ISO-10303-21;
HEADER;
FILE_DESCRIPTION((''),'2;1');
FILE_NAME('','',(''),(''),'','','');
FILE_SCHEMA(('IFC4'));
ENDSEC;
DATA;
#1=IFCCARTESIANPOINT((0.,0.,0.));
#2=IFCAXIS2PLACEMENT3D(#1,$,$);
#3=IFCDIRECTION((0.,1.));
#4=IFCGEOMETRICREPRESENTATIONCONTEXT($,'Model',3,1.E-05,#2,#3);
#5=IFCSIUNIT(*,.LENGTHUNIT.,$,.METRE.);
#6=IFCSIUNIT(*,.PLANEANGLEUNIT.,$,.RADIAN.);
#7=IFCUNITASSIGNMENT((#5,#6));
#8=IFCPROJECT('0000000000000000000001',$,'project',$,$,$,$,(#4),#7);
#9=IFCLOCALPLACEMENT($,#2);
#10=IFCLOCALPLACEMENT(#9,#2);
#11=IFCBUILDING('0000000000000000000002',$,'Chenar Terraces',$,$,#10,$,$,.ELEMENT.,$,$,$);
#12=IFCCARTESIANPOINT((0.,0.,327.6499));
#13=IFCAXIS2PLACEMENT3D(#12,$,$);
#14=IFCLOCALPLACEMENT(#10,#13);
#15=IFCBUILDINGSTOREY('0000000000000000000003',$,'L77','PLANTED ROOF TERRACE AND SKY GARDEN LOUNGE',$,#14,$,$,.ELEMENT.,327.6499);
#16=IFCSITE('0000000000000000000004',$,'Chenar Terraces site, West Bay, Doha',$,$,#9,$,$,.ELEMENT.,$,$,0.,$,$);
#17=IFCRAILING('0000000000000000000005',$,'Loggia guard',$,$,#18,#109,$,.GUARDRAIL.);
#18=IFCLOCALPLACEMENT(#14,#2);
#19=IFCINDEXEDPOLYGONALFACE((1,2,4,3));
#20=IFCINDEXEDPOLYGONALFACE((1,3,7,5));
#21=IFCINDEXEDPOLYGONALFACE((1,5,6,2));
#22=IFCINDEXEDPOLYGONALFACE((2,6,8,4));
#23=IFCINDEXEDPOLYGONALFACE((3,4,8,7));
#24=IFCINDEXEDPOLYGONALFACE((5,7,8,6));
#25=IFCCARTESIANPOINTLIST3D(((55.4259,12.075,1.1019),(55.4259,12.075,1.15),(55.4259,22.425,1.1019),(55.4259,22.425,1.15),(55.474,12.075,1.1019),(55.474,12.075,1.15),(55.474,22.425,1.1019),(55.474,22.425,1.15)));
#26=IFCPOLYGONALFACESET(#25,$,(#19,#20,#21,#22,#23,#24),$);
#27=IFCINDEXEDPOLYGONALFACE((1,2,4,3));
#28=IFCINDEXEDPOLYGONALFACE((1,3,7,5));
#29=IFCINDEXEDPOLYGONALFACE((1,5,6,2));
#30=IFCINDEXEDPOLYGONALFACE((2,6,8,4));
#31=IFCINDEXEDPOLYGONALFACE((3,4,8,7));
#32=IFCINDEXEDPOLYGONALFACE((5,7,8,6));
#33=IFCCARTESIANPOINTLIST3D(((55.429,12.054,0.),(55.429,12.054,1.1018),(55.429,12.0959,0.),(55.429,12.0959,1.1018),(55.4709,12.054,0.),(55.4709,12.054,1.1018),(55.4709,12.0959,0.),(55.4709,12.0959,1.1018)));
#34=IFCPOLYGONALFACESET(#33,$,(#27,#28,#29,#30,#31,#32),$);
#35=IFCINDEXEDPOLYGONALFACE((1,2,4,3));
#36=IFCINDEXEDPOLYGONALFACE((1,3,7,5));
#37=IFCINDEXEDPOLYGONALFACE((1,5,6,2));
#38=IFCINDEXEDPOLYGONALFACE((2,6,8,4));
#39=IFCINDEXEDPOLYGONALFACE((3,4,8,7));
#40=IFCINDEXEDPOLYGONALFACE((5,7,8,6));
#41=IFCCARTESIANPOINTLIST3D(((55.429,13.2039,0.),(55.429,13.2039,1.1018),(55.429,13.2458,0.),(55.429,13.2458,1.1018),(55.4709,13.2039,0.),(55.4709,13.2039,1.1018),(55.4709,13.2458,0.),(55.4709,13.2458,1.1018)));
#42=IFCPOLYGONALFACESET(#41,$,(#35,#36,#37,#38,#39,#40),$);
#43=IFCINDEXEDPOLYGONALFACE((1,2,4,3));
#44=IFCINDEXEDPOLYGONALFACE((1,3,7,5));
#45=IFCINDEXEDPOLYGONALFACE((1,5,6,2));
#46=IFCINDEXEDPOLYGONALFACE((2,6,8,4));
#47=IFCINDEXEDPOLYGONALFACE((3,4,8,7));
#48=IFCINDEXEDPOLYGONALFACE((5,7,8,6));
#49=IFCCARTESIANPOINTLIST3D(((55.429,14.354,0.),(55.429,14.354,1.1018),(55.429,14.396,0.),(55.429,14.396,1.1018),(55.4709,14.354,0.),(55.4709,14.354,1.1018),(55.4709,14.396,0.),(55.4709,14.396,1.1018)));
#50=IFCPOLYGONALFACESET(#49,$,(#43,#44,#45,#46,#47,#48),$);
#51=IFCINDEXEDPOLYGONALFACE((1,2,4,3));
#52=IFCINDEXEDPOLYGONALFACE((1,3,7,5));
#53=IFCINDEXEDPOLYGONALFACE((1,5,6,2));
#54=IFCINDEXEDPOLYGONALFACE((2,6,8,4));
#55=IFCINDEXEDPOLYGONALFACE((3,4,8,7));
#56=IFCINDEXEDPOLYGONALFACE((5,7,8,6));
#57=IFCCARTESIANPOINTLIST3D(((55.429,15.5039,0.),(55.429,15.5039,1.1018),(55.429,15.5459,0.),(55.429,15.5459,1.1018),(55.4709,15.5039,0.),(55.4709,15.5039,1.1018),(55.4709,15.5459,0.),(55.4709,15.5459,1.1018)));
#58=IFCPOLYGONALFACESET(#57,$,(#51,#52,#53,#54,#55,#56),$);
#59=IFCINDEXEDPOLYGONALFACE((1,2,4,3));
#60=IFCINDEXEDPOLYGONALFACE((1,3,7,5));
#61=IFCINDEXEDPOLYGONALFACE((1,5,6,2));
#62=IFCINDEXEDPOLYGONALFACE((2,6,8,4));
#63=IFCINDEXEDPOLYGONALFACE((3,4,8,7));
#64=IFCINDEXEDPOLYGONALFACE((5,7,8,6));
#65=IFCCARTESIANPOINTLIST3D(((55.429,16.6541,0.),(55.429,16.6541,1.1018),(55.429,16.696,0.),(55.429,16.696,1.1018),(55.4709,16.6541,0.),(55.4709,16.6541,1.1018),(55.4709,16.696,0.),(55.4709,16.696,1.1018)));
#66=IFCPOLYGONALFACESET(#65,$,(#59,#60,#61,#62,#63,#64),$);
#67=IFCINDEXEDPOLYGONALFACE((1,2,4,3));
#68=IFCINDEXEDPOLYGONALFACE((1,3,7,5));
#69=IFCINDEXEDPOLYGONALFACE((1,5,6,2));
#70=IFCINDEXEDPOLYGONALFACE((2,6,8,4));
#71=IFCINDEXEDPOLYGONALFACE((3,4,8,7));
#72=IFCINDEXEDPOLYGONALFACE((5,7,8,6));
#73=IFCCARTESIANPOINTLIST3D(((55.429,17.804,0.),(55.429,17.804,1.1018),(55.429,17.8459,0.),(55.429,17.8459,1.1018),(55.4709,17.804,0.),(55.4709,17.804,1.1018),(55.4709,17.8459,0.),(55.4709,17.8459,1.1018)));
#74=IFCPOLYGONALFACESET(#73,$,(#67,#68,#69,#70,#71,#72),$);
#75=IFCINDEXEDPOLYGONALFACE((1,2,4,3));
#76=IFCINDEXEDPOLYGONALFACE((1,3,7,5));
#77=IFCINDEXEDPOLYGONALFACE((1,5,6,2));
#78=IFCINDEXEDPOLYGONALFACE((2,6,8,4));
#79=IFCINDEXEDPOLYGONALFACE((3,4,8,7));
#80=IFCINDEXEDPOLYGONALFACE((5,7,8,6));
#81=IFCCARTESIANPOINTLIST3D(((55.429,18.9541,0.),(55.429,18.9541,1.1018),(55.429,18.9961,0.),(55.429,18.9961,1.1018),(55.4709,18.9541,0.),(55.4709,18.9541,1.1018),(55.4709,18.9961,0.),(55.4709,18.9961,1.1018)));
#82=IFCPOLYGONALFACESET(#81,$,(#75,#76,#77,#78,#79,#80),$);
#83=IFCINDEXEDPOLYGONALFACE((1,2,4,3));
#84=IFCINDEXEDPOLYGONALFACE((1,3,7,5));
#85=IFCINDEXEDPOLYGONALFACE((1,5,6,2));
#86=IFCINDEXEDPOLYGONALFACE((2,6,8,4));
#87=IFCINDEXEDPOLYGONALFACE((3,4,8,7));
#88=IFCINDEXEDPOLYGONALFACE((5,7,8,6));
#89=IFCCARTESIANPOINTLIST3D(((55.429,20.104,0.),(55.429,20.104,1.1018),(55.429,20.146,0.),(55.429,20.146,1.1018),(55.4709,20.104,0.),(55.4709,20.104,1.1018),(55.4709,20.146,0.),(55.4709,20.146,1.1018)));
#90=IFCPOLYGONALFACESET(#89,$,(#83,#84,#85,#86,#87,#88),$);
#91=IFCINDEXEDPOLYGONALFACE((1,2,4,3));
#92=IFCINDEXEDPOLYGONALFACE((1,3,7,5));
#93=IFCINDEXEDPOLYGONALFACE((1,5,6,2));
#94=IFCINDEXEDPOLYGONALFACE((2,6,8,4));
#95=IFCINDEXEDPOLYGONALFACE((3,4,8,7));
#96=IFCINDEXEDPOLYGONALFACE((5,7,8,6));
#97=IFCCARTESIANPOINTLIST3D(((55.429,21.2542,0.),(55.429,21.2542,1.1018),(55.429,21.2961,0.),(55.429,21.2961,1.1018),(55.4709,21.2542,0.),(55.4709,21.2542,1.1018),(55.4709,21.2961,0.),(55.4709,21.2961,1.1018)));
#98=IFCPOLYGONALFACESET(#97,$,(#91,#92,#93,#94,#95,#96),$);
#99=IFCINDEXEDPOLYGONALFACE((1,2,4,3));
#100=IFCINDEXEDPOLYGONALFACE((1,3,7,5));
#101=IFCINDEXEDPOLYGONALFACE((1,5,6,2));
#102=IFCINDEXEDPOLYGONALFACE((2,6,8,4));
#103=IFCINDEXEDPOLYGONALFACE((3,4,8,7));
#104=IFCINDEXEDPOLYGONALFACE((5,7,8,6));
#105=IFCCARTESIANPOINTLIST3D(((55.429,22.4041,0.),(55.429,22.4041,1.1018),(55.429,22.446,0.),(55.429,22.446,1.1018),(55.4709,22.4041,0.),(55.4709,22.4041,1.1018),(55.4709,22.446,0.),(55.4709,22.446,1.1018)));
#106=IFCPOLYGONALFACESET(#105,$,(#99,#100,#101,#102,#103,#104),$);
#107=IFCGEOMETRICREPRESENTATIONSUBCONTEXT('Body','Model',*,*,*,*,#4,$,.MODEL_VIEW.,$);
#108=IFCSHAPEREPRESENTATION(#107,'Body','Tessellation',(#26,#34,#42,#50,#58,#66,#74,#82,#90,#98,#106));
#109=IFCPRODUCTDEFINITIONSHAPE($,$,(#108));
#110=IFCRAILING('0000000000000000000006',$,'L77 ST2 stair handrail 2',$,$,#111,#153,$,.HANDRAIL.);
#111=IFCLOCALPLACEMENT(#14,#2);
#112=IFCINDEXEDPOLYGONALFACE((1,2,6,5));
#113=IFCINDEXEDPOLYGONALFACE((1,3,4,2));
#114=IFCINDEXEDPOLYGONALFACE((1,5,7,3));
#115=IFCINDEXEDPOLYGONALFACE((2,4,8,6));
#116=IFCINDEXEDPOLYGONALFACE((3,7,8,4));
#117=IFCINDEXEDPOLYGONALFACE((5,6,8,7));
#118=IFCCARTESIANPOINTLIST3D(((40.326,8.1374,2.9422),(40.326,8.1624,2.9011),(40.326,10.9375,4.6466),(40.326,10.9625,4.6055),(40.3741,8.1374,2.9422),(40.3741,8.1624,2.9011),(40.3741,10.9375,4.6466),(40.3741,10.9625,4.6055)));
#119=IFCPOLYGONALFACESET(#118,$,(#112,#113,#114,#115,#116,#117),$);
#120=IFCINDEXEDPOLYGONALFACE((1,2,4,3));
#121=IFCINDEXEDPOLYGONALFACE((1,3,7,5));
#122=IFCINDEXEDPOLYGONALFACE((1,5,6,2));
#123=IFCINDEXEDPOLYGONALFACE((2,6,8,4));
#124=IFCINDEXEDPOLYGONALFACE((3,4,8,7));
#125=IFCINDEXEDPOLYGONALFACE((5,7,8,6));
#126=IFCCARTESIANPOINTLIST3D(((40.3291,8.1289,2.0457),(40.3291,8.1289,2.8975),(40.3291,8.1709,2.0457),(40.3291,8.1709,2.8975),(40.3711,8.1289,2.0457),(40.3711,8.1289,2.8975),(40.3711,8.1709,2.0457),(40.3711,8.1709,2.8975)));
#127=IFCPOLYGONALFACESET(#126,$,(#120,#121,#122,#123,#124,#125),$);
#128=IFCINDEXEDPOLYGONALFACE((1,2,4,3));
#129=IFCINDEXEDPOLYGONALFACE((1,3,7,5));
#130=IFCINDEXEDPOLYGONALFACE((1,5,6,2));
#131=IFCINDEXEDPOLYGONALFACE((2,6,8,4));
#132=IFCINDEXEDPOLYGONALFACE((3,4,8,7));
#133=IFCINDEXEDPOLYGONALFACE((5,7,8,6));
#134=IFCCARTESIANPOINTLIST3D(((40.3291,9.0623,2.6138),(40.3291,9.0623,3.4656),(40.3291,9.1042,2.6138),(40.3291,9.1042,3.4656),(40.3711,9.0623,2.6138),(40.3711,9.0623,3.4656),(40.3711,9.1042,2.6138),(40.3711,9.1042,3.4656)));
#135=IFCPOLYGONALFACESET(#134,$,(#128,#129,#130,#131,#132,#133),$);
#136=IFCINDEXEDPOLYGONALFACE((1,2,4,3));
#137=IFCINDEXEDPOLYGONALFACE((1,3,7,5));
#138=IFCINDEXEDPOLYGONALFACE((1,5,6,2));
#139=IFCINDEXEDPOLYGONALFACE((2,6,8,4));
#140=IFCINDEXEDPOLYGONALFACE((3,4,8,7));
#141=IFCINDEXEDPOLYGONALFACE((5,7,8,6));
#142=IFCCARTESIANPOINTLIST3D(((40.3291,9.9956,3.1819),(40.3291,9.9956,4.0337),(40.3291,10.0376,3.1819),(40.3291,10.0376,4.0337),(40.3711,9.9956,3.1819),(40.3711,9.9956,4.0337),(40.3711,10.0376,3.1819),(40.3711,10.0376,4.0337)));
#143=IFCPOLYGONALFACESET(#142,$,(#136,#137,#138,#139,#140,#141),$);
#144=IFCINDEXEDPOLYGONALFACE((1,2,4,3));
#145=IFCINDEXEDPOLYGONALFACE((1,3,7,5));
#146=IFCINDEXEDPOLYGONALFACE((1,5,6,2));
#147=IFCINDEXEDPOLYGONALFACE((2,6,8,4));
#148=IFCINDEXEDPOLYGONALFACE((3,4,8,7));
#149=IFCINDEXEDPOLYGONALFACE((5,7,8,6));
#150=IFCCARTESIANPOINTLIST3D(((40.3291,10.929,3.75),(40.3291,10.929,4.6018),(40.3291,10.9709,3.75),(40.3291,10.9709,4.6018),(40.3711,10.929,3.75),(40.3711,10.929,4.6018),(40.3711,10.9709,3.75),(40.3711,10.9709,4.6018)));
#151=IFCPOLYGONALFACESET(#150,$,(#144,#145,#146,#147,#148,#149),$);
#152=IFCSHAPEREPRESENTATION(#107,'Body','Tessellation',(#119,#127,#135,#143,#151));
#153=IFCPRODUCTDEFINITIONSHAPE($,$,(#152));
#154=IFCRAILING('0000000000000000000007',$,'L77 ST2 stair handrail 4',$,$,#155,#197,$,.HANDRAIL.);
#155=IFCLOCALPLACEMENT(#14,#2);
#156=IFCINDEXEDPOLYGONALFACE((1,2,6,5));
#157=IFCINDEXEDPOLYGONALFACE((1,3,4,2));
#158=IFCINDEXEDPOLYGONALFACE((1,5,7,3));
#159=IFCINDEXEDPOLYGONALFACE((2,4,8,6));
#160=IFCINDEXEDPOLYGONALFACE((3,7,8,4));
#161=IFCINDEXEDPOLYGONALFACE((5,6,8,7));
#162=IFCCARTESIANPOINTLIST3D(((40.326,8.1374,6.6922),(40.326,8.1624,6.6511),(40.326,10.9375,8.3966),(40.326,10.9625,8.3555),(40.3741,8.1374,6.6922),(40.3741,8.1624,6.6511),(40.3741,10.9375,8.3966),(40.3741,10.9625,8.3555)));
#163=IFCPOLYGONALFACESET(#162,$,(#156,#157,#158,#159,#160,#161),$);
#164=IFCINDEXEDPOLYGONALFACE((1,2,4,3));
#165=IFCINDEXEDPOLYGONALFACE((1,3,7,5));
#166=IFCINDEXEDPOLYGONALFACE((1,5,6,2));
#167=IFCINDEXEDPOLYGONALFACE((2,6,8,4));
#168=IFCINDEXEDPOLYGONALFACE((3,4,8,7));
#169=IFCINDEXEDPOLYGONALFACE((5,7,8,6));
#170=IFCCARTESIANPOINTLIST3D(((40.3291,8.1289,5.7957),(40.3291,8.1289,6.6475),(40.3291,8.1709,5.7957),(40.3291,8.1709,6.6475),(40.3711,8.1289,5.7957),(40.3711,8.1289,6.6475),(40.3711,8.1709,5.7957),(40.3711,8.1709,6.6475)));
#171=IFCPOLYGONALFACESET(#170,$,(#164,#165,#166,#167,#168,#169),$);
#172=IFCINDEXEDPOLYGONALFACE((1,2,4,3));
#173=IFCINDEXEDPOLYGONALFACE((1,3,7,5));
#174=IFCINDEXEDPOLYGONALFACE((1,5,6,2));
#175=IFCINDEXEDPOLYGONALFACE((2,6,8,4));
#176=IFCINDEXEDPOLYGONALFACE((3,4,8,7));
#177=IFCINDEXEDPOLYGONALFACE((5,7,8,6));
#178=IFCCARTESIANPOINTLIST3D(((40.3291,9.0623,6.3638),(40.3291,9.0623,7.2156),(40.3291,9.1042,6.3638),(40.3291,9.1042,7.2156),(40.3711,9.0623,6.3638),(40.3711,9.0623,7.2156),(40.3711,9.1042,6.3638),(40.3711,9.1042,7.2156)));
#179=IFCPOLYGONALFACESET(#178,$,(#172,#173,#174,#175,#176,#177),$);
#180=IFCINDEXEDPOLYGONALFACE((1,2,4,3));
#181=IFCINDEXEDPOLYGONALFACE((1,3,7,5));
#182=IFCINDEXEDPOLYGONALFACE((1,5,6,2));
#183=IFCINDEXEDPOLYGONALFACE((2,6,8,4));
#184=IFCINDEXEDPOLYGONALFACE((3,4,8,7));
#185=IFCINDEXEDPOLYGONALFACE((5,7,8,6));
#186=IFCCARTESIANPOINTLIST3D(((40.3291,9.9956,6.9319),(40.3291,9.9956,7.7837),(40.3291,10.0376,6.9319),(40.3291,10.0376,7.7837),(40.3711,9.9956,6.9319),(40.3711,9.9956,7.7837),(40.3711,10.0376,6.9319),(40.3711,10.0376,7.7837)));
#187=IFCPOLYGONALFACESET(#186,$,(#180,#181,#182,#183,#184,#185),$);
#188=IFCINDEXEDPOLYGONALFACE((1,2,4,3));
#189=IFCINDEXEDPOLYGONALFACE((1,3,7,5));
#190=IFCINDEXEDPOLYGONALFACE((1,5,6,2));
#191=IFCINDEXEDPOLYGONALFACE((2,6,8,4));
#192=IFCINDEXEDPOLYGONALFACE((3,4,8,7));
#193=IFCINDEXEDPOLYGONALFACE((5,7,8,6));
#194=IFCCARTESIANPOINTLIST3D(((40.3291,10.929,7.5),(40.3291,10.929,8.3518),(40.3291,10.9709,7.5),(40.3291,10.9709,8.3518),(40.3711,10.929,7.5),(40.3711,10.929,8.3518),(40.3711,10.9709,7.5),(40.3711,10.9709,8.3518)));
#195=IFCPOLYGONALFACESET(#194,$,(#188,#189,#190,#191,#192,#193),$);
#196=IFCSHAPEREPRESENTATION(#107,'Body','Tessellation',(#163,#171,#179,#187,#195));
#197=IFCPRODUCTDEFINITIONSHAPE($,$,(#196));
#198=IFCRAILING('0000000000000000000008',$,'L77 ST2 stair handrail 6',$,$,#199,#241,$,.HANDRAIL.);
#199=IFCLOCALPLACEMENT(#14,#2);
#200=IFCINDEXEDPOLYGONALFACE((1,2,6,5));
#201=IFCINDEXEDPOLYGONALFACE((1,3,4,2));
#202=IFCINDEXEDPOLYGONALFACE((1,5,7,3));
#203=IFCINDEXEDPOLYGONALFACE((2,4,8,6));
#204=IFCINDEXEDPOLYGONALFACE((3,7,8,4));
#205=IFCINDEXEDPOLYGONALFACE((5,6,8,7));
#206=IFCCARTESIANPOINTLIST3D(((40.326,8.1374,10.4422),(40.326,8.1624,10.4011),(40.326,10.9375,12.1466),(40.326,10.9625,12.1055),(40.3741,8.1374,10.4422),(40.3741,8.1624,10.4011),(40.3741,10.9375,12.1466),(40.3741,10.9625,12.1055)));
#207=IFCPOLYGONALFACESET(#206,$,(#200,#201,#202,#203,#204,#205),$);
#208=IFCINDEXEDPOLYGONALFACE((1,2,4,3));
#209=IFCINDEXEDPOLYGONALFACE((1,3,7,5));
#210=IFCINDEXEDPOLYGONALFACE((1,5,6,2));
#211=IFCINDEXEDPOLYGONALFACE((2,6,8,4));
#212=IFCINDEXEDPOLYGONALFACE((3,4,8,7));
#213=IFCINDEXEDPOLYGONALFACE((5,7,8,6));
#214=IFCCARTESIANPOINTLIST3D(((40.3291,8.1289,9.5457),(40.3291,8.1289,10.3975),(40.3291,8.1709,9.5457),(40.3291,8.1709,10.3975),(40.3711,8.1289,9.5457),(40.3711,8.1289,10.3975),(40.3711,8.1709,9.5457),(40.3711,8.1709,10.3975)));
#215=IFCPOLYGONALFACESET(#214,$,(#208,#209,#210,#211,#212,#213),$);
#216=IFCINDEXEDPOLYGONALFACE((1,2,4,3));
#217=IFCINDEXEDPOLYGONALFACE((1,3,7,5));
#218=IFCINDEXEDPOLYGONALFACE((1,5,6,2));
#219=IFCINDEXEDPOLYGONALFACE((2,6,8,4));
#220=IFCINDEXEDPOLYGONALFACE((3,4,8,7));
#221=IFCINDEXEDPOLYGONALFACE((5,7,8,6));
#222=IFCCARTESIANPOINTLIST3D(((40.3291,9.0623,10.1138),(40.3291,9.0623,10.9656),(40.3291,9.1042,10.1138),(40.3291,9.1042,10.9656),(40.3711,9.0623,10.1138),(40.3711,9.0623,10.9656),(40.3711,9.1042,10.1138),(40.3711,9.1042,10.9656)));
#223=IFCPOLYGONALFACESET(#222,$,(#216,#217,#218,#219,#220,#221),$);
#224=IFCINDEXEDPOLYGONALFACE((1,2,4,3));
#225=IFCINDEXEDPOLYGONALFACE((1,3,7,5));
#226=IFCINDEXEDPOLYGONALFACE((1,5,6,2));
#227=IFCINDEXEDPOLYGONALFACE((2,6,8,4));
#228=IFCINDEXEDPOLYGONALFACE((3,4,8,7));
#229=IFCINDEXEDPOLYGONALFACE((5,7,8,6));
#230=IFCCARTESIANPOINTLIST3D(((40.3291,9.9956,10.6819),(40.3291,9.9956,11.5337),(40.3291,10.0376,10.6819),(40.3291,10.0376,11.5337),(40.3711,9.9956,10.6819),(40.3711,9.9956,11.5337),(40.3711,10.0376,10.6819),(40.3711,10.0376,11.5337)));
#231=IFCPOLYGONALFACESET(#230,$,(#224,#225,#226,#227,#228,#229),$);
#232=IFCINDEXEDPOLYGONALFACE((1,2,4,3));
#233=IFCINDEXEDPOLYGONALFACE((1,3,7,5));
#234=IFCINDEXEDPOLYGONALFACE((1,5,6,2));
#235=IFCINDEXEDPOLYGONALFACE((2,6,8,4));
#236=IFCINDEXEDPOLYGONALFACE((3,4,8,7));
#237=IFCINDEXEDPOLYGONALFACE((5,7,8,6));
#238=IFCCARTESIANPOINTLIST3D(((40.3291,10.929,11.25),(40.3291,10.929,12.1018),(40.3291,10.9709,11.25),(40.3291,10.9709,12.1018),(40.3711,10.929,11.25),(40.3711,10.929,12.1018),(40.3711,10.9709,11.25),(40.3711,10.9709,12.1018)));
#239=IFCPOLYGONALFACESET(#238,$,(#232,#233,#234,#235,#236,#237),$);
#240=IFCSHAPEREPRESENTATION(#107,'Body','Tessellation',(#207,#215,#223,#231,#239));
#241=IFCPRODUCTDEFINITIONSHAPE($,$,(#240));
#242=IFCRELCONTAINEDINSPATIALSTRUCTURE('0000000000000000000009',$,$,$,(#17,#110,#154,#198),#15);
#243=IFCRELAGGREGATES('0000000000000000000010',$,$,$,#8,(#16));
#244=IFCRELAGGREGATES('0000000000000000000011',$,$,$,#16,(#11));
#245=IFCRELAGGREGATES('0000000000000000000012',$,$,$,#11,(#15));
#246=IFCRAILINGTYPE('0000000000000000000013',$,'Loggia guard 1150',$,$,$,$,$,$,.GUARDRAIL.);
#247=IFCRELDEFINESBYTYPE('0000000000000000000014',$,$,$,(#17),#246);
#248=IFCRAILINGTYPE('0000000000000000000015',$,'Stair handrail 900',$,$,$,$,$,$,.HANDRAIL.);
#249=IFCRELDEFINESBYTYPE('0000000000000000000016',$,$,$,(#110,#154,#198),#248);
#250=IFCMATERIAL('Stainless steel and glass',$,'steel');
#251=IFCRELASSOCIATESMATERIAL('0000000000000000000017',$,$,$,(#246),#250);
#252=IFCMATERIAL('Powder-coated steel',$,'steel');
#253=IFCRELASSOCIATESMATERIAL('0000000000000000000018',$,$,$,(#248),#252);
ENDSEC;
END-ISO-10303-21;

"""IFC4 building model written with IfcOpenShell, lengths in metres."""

from ifc_helpers import new_model, si_unit, direction, frame, origin, origin_2d, place, context, subcontext, project, spatial, rectangle, extrude, material, type_object, element, save


model = new_model("IFC4")

# Units and contexts
model_context = context("Model", 3, precision=1e-05, world=origin(), true_north=direction((0.0, 1.0)))
body_context = subcontext(model_context, "Body", "Model", "MODEL_VIEW")
ifc_project = project(units=[si_unit("LENGTHUNIT", "METRE"), si_unit("PLANEANGLEUNIT", "RADIAN")], contexts=[model_context])

# Site, building, storey
site_placement = place(None, origin())
site = spatial("IfcSite", under=ifc_project, at=site_placement, Name="Chenar Terraces site, West Bay, Doha", CompositionType="ELEMENT", RefElevation=0.0)
building_placement = place(site_placement, origin())
building = spatial("IfcBuilding", under=site, at=building_placement, Name="Chenar Terraces", CompositionType="ELEMENT")
storey_placement = place(building_placement, frame((0.0, 0.0, 327.6499)))
storey = spatial("IfcBuildingStorey", under=building, at=storey_placement, Name="L77", Description="PLANTED ROOF TERRACE AND SKY GARDEN LOUNGE", CompositionType="ELEMENT", Elevation=327.6499)

# Railings
ifc_material_1 = material(Name="Stainless steel and glass", Category="steel")
railing_type_1 = type_object("IfcRailingType", Name="Loggia guard 1150", PredefinedType="GUARDRAIL", material=ifc_material_1)
railing_placement = place(storey_placement, frame((55.45, 12.075, 0.0)))
element("IfcRailing", 1, at=railing_placement, inside=storey, type_object=railing_type_1, Name="Loggia guard", PredefinedType="GUARDRAIL", context=body_context, shape_type="SweptSolid", body=[
    extrude(rectangle(XDim=0.0481, YDim=0.0481, at=origin_2d()), frame((0.0, 0.0, 1.126), z_axis=(0.0, 1.0, 0.0), x_axis=(-1.0, 0.0, 0.0)), (0.0, 0.0, 1.0), 10.3501),
    extrude(rectangle(XDim=0.042, YDim=0.042, at=origin_2d()), origin(), (0.0, 0.0, 1.0), 1.1018),
    extrude(rectangle(XDim=0.042, YDim=0.042, at=origin_2d()), frame((0.0, 1.1499, 0.0)), (0.0, 0.0, 1.0), 1.1018),
    extrude(rectangle(XDim=0.042, YDim=0.042, at=origin_2d()), frame((0.0, 2.3, 0.0)), (0.0, 0.0, 1.0), 1.1018),
    extrude(rectangle(XDim=0.042, YDim=0.042, at=origin_2d()), frame((0.0, 3.45, 0.0)), (0.0, 0.0, 1.0), 1.1018),
    extrude(rectangle(XDim=0.042, YDim=0.042, at=origin_2d()), frame((0.0, 4.6001, 0.0)), (0.0, 0.0, 1.0), 1.1018),
    extrude(rectangle(XDim=0.042, YDim=0.042, at=origin_2d()), frame((0.0, 5.75, 0.0)), (0.0, 0.0, 1.0), 1.1018),
    extrude(rectangle(XDim=0.042, YDim=0.042, at=origin_2d()), frame((0.0, 6.9001, 0.0)), (0.0, 0.0, 1.0), 1.1018),
    extrude(rectangle(XDim=0.042, YDim=0.042, at=origin_2d()), frame((0.0, 8.05, 0.0)), (0.0, 0.0, 1.0), 1.1018),
    extrude(rectangle(XDim=0.042, YDim=0.042, at=origin_2d()), frame((0.0, 9.2002, 0.0)), (0.0, 0.0, 1.0), 1.1018),
    extrude(rectangle(XDim=0.042, YDim=0.042, at=origin_2d()), frame((0.0, 10.3501, 0.0)), (0.0, 0.0, 1.0), 1.1018),
])
ifc_material_2 = material(Name="Powder-coated steel", Category="steel")
railing_type_2 = type_object("IfcRailingType", Name="Stair handrail 900", PredefinedType="HANDRAIL", material=ifc_material_2)
for number, where, name in (
    (2, (40.3501, 8.1499, 2.0457), "L77 ST2 stair handrail 2"),
    (3, (40.3501, 8.1499, 5.7957), "L77 ST2 stair handrail 4"),
    (4, (40.3501, 8.1499, 9.5457), "L77 ST2 stair handrail 6"),
):
    element("IfcRailing", number, at=place(storey_placement, frame(where)), inside=storey, type_object=railing_type_2, Name=name, PredefinedType="HANDRAIL", context=body_context, shape_type="SweptSolid", body=[
        extrude(rectangle(XDim=0.0481, YDim=0.0481, at=origin_2d()), frame((0.0, 0.0, 0.876), z_axis=(0.0, 0.854203, 0.51994), x_axis=(-1.0, 0.0, 0.0)), (0.0, 0.0, 1.0), 3.2781),
        extrude(rectangle(XDim=0.042, YDim=0.042, at=origin_2d()), origin(), (0.0, 0.0, 1.0), 0.8518),
        extrude(rectangle(XDim=0.042, YDim=0.042, at=origin_2d()), frame((0.0, 0.9333, 0.5681)), (0.0, 0.0, 1.0), 0.8518),
        extrude(rectangle(XDim=0.042, YDim=0.042, at=origin_2d()), frame((0.0, 1.8667, 1.1362)), (0.0, 0.0, 1.0), 0.8518),
        extrude(rectangle(XDim=0.042, YDim=0.042, at=origin_2d()), frame((0.0, 2.8, 1.7043)), (0.0, 0.0, 1.0), 0.8518),
    ])

save(model, "model.ifc")
